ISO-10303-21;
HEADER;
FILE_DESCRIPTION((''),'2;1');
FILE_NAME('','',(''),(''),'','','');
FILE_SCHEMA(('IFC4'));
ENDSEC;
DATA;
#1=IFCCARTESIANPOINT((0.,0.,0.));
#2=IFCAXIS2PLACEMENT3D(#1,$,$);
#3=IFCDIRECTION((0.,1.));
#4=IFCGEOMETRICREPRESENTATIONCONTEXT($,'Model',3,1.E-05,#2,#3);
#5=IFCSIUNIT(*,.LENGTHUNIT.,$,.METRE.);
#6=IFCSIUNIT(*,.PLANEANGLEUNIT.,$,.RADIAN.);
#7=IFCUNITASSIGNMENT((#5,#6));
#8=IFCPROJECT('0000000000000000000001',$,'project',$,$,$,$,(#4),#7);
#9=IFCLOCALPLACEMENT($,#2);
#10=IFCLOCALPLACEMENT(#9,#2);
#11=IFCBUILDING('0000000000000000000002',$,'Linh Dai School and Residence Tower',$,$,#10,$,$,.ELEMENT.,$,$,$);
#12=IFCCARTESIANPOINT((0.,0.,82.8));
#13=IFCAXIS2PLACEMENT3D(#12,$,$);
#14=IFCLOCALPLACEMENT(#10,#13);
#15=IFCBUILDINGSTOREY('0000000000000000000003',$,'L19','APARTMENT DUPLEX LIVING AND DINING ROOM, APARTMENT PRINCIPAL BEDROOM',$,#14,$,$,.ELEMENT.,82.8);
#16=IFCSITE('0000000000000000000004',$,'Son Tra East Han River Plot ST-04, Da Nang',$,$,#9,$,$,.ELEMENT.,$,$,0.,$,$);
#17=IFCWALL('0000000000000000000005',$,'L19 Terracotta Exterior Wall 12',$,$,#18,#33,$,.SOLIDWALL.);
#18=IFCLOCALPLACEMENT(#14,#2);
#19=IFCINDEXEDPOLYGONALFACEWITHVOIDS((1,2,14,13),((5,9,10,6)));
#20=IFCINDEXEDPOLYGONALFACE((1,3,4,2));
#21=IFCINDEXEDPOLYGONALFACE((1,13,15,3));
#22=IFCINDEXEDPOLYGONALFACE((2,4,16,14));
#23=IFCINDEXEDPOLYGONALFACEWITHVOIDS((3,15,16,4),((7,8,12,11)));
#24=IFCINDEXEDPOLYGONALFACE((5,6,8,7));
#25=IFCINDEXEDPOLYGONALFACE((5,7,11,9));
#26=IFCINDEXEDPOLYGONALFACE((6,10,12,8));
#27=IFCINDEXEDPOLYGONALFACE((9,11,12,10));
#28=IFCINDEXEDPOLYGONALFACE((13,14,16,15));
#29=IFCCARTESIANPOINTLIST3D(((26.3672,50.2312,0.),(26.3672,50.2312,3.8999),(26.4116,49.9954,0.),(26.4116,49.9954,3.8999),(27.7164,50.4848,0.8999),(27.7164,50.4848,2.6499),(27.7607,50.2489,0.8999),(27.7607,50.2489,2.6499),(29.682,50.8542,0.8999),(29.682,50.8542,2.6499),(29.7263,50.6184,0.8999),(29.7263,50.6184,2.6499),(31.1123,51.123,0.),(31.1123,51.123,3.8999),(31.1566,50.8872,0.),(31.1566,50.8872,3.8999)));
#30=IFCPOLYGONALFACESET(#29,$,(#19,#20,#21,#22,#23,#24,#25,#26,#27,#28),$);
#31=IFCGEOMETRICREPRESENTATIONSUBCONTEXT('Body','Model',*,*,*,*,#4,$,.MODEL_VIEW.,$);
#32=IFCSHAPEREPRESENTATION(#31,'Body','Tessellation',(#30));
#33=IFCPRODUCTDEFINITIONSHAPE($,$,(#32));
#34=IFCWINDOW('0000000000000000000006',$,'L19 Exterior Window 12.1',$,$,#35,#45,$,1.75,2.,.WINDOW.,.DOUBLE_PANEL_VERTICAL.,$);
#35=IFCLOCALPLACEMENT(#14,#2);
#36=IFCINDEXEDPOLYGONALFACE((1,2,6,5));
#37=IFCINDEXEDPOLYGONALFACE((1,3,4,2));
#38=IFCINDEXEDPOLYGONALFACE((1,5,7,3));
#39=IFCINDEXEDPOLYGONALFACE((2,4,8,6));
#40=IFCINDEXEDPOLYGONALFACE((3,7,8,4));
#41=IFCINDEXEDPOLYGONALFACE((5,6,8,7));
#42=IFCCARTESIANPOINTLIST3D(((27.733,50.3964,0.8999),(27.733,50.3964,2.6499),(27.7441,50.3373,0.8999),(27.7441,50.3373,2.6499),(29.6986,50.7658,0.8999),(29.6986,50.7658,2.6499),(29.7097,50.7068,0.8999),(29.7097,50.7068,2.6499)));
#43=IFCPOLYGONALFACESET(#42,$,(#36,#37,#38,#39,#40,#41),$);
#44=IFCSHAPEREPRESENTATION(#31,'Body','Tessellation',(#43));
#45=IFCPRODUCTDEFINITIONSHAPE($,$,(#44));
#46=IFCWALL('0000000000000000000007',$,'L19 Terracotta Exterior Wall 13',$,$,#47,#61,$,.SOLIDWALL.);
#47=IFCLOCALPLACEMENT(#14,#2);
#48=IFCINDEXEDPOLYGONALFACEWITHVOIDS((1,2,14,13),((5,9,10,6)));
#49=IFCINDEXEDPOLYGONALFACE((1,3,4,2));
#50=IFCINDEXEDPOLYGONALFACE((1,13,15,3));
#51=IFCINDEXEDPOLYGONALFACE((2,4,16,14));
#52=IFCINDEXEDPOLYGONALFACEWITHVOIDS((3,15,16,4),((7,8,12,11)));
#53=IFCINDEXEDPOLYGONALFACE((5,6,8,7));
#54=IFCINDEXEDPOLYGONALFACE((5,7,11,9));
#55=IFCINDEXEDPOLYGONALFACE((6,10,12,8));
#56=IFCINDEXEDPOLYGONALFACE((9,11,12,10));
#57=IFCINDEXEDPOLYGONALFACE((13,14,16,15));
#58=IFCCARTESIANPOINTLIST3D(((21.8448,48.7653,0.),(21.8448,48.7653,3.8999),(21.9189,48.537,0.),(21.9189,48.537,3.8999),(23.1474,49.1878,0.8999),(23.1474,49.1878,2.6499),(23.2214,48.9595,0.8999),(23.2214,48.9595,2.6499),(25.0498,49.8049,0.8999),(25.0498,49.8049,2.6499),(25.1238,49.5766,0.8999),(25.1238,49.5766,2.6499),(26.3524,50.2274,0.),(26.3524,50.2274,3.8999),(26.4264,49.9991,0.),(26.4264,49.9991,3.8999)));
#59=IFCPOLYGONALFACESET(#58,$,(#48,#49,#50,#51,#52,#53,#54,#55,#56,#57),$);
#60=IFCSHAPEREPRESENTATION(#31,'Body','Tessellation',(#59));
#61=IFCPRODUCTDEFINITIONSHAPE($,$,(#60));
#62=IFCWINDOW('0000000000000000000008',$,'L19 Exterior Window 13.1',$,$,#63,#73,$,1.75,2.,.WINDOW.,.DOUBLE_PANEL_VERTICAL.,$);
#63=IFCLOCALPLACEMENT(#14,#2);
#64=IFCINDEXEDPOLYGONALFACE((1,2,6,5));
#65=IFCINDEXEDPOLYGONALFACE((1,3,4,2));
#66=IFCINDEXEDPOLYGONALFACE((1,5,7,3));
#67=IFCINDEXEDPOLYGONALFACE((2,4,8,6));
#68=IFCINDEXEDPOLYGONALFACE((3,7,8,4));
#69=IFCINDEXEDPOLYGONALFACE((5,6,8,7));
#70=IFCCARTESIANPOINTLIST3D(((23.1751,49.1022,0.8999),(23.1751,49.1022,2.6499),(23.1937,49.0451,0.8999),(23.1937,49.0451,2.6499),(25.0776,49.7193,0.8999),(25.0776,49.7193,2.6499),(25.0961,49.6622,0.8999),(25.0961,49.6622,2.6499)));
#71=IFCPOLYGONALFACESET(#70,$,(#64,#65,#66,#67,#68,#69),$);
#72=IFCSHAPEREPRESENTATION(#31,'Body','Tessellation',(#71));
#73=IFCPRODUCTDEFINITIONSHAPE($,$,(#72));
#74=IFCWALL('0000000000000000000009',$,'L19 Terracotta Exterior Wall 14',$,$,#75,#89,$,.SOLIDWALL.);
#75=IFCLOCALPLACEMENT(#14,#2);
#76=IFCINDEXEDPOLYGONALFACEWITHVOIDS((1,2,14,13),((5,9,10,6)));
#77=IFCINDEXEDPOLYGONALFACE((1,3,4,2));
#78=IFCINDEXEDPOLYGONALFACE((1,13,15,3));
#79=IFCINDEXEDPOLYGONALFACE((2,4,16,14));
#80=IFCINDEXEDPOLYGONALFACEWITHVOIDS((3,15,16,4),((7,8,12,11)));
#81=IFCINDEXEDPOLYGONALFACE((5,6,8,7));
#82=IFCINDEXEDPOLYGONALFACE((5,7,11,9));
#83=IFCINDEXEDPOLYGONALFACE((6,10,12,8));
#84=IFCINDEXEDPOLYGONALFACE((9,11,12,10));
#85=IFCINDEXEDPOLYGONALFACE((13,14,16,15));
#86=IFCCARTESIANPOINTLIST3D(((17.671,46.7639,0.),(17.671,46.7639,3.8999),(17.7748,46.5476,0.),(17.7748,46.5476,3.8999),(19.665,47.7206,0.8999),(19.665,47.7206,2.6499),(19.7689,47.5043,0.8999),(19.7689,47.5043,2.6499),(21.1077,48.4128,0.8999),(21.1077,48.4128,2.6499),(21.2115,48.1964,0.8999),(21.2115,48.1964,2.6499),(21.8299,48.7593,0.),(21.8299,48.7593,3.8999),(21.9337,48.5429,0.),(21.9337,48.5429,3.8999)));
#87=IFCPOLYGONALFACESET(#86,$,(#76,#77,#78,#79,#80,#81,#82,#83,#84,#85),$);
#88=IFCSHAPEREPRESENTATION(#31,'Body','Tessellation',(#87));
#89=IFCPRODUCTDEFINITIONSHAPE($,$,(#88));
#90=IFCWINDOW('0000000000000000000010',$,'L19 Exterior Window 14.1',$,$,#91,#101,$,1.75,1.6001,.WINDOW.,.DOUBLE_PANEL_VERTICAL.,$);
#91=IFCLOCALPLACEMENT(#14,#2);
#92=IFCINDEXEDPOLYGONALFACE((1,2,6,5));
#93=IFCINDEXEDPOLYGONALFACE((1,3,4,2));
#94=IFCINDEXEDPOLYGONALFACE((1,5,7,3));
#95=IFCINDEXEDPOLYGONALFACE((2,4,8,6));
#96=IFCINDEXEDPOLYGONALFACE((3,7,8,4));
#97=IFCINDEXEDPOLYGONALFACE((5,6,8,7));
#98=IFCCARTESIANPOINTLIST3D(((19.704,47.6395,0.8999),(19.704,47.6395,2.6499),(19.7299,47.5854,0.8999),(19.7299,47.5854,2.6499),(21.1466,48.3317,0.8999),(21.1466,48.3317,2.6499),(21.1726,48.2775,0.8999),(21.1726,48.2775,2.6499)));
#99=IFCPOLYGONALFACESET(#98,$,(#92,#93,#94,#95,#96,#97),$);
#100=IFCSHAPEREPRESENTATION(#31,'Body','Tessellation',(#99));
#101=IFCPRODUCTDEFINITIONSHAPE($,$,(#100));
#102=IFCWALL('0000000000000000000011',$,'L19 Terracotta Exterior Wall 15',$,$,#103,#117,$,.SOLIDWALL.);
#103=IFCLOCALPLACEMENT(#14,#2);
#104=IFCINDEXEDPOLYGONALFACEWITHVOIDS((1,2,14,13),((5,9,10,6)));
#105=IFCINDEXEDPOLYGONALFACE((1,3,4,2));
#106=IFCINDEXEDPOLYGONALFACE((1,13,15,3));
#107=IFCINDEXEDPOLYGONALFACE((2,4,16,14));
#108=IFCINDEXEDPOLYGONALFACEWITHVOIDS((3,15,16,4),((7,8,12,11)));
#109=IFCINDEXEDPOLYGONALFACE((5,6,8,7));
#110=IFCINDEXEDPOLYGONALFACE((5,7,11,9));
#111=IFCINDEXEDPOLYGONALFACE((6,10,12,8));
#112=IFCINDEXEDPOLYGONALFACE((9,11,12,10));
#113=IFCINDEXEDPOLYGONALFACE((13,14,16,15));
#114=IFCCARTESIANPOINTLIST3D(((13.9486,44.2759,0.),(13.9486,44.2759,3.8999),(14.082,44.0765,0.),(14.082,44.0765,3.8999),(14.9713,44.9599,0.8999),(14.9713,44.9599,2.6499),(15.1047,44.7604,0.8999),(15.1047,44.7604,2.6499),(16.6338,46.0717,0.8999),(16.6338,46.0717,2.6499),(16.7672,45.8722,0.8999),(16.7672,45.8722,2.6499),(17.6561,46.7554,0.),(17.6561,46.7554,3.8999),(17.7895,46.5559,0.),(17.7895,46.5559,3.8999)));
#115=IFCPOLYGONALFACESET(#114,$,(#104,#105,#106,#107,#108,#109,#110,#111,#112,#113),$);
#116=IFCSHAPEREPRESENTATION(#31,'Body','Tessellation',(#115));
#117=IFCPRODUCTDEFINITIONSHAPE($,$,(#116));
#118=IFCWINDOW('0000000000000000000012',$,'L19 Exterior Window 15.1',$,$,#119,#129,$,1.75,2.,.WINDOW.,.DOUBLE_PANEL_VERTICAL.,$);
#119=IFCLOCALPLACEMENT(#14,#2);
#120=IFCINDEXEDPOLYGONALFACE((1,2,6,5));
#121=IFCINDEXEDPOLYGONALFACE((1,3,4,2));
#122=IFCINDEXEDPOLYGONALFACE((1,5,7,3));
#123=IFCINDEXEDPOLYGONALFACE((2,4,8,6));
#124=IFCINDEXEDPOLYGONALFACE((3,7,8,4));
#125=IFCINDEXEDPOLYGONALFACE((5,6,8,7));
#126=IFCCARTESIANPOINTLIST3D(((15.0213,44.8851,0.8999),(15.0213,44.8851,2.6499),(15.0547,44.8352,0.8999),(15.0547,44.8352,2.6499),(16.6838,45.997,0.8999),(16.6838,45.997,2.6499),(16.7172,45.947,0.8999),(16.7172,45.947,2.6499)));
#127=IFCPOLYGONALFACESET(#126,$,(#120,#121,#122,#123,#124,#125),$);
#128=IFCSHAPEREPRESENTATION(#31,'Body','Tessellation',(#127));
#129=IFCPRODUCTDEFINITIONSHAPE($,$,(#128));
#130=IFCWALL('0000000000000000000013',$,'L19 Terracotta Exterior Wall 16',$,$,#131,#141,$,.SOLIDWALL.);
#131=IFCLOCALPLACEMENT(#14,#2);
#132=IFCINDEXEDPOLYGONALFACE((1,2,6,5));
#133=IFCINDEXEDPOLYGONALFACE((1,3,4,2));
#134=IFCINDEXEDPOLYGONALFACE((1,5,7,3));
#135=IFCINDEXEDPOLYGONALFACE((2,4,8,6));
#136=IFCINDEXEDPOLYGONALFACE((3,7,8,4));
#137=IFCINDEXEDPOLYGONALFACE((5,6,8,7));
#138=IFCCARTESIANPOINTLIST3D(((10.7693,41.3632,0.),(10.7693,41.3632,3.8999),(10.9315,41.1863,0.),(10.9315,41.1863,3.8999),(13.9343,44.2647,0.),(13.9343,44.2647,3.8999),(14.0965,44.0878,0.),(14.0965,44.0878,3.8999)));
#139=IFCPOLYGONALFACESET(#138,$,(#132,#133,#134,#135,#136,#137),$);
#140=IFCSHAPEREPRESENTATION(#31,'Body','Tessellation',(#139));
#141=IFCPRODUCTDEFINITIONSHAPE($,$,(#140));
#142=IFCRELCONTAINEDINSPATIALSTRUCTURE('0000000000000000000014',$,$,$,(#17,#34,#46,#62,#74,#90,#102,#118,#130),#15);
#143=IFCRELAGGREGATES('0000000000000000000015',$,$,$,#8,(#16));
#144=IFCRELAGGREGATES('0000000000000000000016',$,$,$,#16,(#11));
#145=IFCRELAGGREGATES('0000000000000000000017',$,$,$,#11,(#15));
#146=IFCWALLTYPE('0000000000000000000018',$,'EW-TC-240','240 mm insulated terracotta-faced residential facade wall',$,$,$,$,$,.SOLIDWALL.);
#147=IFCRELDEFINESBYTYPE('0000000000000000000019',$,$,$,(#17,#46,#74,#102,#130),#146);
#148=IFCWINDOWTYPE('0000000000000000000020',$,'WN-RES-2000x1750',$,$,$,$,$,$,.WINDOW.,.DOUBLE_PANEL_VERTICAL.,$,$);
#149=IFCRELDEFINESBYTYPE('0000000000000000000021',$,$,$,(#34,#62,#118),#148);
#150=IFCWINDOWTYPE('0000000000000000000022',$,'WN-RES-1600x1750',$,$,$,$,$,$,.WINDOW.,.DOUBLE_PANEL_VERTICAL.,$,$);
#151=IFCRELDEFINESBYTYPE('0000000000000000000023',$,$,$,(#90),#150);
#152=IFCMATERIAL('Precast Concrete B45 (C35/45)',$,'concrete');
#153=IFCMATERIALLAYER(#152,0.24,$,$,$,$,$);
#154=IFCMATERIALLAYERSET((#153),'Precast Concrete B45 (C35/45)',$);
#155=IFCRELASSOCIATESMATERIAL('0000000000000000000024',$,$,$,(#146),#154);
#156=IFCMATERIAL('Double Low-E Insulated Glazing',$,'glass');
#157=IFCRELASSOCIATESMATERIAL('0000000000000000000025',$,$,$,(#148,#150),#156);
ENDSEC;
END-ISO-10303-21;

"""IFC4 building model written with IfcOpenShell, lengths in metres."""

from ifc_helpers import new_model, si_unit, direction, frame, frame_2d, origin, origin_2d, place, context, subcontext, project, spatial, rectangle, extrude, source, transform, mapped, material, layer, layer_set, type_object, element, fill, save


model = new_model("IFC4")

# Units and contexts
model_context = context("Model", 3, precision=1e-05, world=origin(), true_north=direction((0.0, 1.0)))
body_context = subcontext(model_context, "Body", "Model", "MODEL_VIEW")
ifc_project = project(units=[si_unit("LENGTHUNIT", "METRE"), si_unit("PLANEANGLEUNIT", "RADIAN")], contexts=[model_context])

# Site, building, storey
site_placement = place(None, origin())
site = spatial("IfcSite", under=ifc_project, at=site_placement, Name="Son Tra East Han River Plot ST-04, Da Nang", CompositionType="ELEMENT", RefElevation=0.0)
building_placement = place(site_placement, origin())
building = spatial("IfcBuilding", under=site, at=building_placement, Name="Linh Dai School and Residence Tower", CompositionType="ELEMENT")
storey_placement = place(building_placement, frame((0.0, 0.0, 82.8)))
storey = spatial("IfcBuildingStorey", under=building, at=storey_placement, Name="L19", Description="APARTMENT DUPLEX LIVING AND DINING ROOM, APARTMENT PRINCIPAL BEDROOM", CompositionType="ELEMENT", Elevation=82.8)

# Shared definitions
ifc_material_1 = material(Name="Precast Concrete B45 (C35/45)", Category="concrete")

# Walls, openings, windows
ifc_layer_1 = layer(ifc_material_1, 0.24)
ifc_layer_set_1 = layer_set([ifc_layer_1], Name="Precast Concrete B45 (C35/45)")
wall_type_1 = type_object("IfcWallType", Name="EW-TC-240", Description="240 mm insulated terracotta-faced residential facade wall", PredefinedType="SOLIDWALL", material=ifc_layer_set_1)
wall_1_placement = place(storey_placement, frame((26.3894, 50.1133, 0.0), z_axis=(0.0, 0.0, 1.0), x_axis=(0.982792, 0.184716, 0.0)))
wall_1 = element("IfcWall", 1, at=wall_1_placement, inside=storey, type_object=wall_type_1, Name="L19 Terracotta Exterior Wall 12", PredefinedType="SOLIDWALL", context=body_context, shape_type="SweptSolid", body=[
    extrude(rectangle(XDim=4.8281, YDim=0.24, at=frame_2d((2.4141, 0.0))), origin(), (0.0, 0.0, 1.0), 3.8999),
])
opening_1_placement = place(wall_1_placement, frame((1.3728, 0.0, 0.8999)))
opening_1 = element("IfcOpeningElement", 2, at=opening_1_placement, cuts=wall_1, PredefinedType="OPENING", context=body_context, shape_type="SweptSolid", body=[
    extrude(rectangle(XDim=2.0, YDim=1.75, at=origin_2d()), frame((1.0, 0.1299, 0.875), z_axis=(0.0, -1.0, 0.0), x_axis=(1.0, 0.0, 0.0)), (0.0, 0.0, 1.0), 0.26),
])
ifc_material_2 = material(Name="Double Low-E Insulated Glazing", Category="glass")
window_type_1 = type_object("IfcWindowType", Name="WN-RES-2000x1750", PartitioningType="DOUBLE_PANEL_VERTICAL", PredefinedType="WINDOW", material=ifc_material_2)
shared_shape_1 = source(origin(), body_context, "Body", "SweptSolid", [
    extrude(rectangle(XDim=2.0, YDim=1.75, at=origin_2d()), frame((1.0, 0.03, 0.875), z_axis=(0.0, -1.0, 0.0), x_axis=(1.0, 0.0, 0.0)), (0.0, 0.0, 1.0), 0.0601),
])
window_1_placement = place(opening_1_placement, origin())
window_1 = element("IfcWindow", 3, at=window_1_placement, inside=storey, type_object=window_type_1, Name="L19 Exterior Window 12.1", OverallHeight=1.75, OverallWidth=2.0, PartitioningType="DOUBLE_PANEL_VERTICAL", PredefinedType="WINDOW", context=body_context, shape_type="MappedRepresentation", body=[
    mapped(shared_shape_1, transform((0.0, 0.0, 0.0), x_axis=(1.0, 0.0, 0.0), y_axis=(0.0, 1.0, 0.0), z_axis=(0.0, 0.0, 1.0), scale=1.0)),
])
fill(opening_1, window_1)
wall_2_placement = place(storey_placement, frame((21.8818, 48.6511, 0.0), z_axis=(0.0, 0.0, 1.0), x_axis=(0.951208, 0.308551, 0.0)))
wall_2 = element("IfcWall", 4, at=wall_2_placement, inside=storey, type_object=wall_type_1, Name="L19 Terracotta Exterior Wall 13", PredefinedType="SOLIDWALL", context=body_context, shape_type="SweptSolid", body=[
    extrude(rectangle(XDim=4.7388, YDim=0.24, at=frame_2d((2.3694, 0.0))), origin(), (0.0, 0.0, 1.0), 3.8999),
])
opening_2_placement = place(wall_2_placement, frame((1.3694, 0.0, 0.8999)))
opening_2 = element("IfcOpeningElement", 5, at=opening_2_placement, cuts=wall_2, PredefinedType="OPENING", context=body_context, shape_type="SweptSolid", body=[
    extrude(rectangle(XDim=2.0, YDim=1.75, at=origin_2d()), frame((1.0, 0.1299, 0.875), z_axis=(0.0, -1.0, 0.0), x_axis=(1.0, 0.0, 0.0)), (0.0, 0.0, 1.0), 0.26),
])
window_2_placement = place(opening_2_placement, origin())
window_2 = element("IfcWindow", 6, at=window_2_placement, inside=storey, type_object=window_type_1, Name="L19 Exterior Window 13.1", OverallHeight=1.75, OverallWidth=2.0, PartitioningType="DOUBLE_PANEL_VERTICAL", PredefinedType="WINDOW", context=body_context, shape_type="MappedRepresentation", body=[
    mapped(shared_shape_1, transform((0.0, 0.0, 0.0), x_axis=(1.0, 0.0, 0.0), y_axis=(0.0, 1.0, 0.0), z_axis=(0.0, 0.0, 1.0), scale=1.0)),
])
fill(opening_2, window_2)
wall_3_placement = place(storey_placement, frame((17.7229, 46.6558, 0.0), z_axis=(0.0, 0.0, 1.0), x_axis=(0.901602, 0.432568, 0.0)))
wall_3 = element("IfcWall", 7, at=wall_3_placement, inside=storey, type_object=wall_type_1, Name="L19 Terracotta Exterior Wall 14", PredefinedType="SOLIDWALL", context=body_context, shape_type="SweptSolid", body=[
    extrude(rectangle(XDim=4.6128, YDim=0.24, at=frame_2d((2.3064, 0.0))), origin(), (0.0, 0.0, 1.0), 3.8999),
])
opening_3_placement = place(wall_3_placement, frame((2.2117, 0.0, 0.8999)))
opening_3 = element("IfcOpeningElement", 8, at=opening_3_placement, cuts=wall_3, PredefinedType="OPENING", context=body_context, shape_type="SweptSolid", body=[
    extrude(rectangle(XDim=1.6001, YDim=1.75, at=origin_2d()), frame((0.8, 0.1299, 0.875), z_axis=(0.0, -1.0, 0.0), x_axis=(1.0, 0.0, 0.0)), (0.0, 0.0, 1.0), 0.26),
])
window_type_2 = type_object("IfcWindowType", Name="WN-RES-1600x1750", PartitioningType="DOUBLE_PANEL_VERTICAL", PredefinedType="WINDOW", material=ifc_material_2)
shared_shape_2 = source(origin(), body_context, "Body", "SweptSolid", [
    extrude(rectangle(XDim=1.6001, YDim=1.75, at=origin_2d()), frame((0.8, 0.03, 0.875), z_axis=(0.0, -1.0, 0.0), x_axis=(1.0, 0.0, 0.0)), (0.0, 0.0, 1.0), 0.0601),
])
window_3_placement = place(opening_3_placement, origin())
window_3 = element("IfcWindow", 9, at=window_3_placement, inside=storey, type_object=window_type_2, Name="L19 Exterior Window 14.1", OverallHeight=1.75, OverallWidth=1.6001, PartitioningType="DOUBLE_PANEL_VERTICAL", PredefinedType="WINDOW", context=body_context, shape_type="MappedRepresentation", body=[
    mapped(shared_shape_2, transform((0.0, 0.0, 0.0), x_axis=(1.0, 0.0, 0.0), y_axis=(0.0, 1.0, 0.0), z_axis=(0.0, 0.0, 1.0), scale=1.0)),
])
fill(opening_3, window_3)
wall_4_placement = place(storey_placement, frame((14.0154, 44.1763, 0.0), z_axis=(0.0, 0.0, 1.0), x_axis=(0.831241, 0.555912, 0.0)))
wall_4 = element("IfcWall", 10, at=wall_4_placement, inside=storey, type_object=wall_type_1, Name="L19 Terracotta Exterior Wall 15", PredefinedType="SOLIDWALL", context=body_context, shape_type="SweptSolid", body=[
    extrude(rectangle(XDim=4.4602, YDim=0.24, at=frame_2d((2.23, 0.0))), origin(), (0.0, 0.0, 1.0), 3.8999),
])
opening_4_placement = place(wall_4_placement, frame((1.2302, 0.0, 0.8999)))
opening_4 = element("IfcOpeningElement", 11, at=opening_4_placement, cuts=wall_4, PredefinedType="OPENING", context=body_context, shape_type="SweptSolid", body=[
    extrude(rectangle(XDim=2.0, YDim=1.75, at=origin_2d()), frame((1.0, 0.1299, 0.875), z_axis=(0.0, -1.0, 0.0), x_axis=(1.0, 0.0, 0.0)), (0.0, 0.0, 1.0), 0.26),
])
window_4_placement = place(opening_4_placement, origin())
window_4 = element("IfcWindow", 12, at=window_4_placement, inside=storey, type_object=window_type_1, Name="L19 Exterior Window 15.1", OverallHeight=1.75, OverallWidth=2.0, PartitioningType="DOUBLE_PANEL_VERTICAL", PredefinedType="WINDOW", context=body_context, shape_type="MappedRepresentation", body=[
    mapped(shared_shape_1, transform((0.0, 0.0, 0.0), x_axis=(1.0, 0.0, 0.0), y_axis=(0.0, 1.0, 0.0), z_axis=(0.0, 0.0, 1.0), scale=1.0)),
])
fill(opening_4, window_4)

# Wall
wall_5_placement = place(storey_placement, frame((10.8503, 41.2747, 0.0), z_axis=(0.0, 0.0, 1.0), x_axis=(0.737116, 0.675766, 0.0)))
element("IfcWall", 13, at=wall_5_placement, inside=storey, type_object=wall_type_1, Name="L19 Terracotta Exterior Wall 16", PredefinedType="SOLIDWALL", context=body_context, shape_type="SweptSolid", body=[
    extrude(rectangle(XDim=4.2937, YDim=0.24, at=frame_2d((2.147, 0.0))), origin(), (0.0, 0.0, 1.0), 3.8999),
])

save(model, "model.ifc")
